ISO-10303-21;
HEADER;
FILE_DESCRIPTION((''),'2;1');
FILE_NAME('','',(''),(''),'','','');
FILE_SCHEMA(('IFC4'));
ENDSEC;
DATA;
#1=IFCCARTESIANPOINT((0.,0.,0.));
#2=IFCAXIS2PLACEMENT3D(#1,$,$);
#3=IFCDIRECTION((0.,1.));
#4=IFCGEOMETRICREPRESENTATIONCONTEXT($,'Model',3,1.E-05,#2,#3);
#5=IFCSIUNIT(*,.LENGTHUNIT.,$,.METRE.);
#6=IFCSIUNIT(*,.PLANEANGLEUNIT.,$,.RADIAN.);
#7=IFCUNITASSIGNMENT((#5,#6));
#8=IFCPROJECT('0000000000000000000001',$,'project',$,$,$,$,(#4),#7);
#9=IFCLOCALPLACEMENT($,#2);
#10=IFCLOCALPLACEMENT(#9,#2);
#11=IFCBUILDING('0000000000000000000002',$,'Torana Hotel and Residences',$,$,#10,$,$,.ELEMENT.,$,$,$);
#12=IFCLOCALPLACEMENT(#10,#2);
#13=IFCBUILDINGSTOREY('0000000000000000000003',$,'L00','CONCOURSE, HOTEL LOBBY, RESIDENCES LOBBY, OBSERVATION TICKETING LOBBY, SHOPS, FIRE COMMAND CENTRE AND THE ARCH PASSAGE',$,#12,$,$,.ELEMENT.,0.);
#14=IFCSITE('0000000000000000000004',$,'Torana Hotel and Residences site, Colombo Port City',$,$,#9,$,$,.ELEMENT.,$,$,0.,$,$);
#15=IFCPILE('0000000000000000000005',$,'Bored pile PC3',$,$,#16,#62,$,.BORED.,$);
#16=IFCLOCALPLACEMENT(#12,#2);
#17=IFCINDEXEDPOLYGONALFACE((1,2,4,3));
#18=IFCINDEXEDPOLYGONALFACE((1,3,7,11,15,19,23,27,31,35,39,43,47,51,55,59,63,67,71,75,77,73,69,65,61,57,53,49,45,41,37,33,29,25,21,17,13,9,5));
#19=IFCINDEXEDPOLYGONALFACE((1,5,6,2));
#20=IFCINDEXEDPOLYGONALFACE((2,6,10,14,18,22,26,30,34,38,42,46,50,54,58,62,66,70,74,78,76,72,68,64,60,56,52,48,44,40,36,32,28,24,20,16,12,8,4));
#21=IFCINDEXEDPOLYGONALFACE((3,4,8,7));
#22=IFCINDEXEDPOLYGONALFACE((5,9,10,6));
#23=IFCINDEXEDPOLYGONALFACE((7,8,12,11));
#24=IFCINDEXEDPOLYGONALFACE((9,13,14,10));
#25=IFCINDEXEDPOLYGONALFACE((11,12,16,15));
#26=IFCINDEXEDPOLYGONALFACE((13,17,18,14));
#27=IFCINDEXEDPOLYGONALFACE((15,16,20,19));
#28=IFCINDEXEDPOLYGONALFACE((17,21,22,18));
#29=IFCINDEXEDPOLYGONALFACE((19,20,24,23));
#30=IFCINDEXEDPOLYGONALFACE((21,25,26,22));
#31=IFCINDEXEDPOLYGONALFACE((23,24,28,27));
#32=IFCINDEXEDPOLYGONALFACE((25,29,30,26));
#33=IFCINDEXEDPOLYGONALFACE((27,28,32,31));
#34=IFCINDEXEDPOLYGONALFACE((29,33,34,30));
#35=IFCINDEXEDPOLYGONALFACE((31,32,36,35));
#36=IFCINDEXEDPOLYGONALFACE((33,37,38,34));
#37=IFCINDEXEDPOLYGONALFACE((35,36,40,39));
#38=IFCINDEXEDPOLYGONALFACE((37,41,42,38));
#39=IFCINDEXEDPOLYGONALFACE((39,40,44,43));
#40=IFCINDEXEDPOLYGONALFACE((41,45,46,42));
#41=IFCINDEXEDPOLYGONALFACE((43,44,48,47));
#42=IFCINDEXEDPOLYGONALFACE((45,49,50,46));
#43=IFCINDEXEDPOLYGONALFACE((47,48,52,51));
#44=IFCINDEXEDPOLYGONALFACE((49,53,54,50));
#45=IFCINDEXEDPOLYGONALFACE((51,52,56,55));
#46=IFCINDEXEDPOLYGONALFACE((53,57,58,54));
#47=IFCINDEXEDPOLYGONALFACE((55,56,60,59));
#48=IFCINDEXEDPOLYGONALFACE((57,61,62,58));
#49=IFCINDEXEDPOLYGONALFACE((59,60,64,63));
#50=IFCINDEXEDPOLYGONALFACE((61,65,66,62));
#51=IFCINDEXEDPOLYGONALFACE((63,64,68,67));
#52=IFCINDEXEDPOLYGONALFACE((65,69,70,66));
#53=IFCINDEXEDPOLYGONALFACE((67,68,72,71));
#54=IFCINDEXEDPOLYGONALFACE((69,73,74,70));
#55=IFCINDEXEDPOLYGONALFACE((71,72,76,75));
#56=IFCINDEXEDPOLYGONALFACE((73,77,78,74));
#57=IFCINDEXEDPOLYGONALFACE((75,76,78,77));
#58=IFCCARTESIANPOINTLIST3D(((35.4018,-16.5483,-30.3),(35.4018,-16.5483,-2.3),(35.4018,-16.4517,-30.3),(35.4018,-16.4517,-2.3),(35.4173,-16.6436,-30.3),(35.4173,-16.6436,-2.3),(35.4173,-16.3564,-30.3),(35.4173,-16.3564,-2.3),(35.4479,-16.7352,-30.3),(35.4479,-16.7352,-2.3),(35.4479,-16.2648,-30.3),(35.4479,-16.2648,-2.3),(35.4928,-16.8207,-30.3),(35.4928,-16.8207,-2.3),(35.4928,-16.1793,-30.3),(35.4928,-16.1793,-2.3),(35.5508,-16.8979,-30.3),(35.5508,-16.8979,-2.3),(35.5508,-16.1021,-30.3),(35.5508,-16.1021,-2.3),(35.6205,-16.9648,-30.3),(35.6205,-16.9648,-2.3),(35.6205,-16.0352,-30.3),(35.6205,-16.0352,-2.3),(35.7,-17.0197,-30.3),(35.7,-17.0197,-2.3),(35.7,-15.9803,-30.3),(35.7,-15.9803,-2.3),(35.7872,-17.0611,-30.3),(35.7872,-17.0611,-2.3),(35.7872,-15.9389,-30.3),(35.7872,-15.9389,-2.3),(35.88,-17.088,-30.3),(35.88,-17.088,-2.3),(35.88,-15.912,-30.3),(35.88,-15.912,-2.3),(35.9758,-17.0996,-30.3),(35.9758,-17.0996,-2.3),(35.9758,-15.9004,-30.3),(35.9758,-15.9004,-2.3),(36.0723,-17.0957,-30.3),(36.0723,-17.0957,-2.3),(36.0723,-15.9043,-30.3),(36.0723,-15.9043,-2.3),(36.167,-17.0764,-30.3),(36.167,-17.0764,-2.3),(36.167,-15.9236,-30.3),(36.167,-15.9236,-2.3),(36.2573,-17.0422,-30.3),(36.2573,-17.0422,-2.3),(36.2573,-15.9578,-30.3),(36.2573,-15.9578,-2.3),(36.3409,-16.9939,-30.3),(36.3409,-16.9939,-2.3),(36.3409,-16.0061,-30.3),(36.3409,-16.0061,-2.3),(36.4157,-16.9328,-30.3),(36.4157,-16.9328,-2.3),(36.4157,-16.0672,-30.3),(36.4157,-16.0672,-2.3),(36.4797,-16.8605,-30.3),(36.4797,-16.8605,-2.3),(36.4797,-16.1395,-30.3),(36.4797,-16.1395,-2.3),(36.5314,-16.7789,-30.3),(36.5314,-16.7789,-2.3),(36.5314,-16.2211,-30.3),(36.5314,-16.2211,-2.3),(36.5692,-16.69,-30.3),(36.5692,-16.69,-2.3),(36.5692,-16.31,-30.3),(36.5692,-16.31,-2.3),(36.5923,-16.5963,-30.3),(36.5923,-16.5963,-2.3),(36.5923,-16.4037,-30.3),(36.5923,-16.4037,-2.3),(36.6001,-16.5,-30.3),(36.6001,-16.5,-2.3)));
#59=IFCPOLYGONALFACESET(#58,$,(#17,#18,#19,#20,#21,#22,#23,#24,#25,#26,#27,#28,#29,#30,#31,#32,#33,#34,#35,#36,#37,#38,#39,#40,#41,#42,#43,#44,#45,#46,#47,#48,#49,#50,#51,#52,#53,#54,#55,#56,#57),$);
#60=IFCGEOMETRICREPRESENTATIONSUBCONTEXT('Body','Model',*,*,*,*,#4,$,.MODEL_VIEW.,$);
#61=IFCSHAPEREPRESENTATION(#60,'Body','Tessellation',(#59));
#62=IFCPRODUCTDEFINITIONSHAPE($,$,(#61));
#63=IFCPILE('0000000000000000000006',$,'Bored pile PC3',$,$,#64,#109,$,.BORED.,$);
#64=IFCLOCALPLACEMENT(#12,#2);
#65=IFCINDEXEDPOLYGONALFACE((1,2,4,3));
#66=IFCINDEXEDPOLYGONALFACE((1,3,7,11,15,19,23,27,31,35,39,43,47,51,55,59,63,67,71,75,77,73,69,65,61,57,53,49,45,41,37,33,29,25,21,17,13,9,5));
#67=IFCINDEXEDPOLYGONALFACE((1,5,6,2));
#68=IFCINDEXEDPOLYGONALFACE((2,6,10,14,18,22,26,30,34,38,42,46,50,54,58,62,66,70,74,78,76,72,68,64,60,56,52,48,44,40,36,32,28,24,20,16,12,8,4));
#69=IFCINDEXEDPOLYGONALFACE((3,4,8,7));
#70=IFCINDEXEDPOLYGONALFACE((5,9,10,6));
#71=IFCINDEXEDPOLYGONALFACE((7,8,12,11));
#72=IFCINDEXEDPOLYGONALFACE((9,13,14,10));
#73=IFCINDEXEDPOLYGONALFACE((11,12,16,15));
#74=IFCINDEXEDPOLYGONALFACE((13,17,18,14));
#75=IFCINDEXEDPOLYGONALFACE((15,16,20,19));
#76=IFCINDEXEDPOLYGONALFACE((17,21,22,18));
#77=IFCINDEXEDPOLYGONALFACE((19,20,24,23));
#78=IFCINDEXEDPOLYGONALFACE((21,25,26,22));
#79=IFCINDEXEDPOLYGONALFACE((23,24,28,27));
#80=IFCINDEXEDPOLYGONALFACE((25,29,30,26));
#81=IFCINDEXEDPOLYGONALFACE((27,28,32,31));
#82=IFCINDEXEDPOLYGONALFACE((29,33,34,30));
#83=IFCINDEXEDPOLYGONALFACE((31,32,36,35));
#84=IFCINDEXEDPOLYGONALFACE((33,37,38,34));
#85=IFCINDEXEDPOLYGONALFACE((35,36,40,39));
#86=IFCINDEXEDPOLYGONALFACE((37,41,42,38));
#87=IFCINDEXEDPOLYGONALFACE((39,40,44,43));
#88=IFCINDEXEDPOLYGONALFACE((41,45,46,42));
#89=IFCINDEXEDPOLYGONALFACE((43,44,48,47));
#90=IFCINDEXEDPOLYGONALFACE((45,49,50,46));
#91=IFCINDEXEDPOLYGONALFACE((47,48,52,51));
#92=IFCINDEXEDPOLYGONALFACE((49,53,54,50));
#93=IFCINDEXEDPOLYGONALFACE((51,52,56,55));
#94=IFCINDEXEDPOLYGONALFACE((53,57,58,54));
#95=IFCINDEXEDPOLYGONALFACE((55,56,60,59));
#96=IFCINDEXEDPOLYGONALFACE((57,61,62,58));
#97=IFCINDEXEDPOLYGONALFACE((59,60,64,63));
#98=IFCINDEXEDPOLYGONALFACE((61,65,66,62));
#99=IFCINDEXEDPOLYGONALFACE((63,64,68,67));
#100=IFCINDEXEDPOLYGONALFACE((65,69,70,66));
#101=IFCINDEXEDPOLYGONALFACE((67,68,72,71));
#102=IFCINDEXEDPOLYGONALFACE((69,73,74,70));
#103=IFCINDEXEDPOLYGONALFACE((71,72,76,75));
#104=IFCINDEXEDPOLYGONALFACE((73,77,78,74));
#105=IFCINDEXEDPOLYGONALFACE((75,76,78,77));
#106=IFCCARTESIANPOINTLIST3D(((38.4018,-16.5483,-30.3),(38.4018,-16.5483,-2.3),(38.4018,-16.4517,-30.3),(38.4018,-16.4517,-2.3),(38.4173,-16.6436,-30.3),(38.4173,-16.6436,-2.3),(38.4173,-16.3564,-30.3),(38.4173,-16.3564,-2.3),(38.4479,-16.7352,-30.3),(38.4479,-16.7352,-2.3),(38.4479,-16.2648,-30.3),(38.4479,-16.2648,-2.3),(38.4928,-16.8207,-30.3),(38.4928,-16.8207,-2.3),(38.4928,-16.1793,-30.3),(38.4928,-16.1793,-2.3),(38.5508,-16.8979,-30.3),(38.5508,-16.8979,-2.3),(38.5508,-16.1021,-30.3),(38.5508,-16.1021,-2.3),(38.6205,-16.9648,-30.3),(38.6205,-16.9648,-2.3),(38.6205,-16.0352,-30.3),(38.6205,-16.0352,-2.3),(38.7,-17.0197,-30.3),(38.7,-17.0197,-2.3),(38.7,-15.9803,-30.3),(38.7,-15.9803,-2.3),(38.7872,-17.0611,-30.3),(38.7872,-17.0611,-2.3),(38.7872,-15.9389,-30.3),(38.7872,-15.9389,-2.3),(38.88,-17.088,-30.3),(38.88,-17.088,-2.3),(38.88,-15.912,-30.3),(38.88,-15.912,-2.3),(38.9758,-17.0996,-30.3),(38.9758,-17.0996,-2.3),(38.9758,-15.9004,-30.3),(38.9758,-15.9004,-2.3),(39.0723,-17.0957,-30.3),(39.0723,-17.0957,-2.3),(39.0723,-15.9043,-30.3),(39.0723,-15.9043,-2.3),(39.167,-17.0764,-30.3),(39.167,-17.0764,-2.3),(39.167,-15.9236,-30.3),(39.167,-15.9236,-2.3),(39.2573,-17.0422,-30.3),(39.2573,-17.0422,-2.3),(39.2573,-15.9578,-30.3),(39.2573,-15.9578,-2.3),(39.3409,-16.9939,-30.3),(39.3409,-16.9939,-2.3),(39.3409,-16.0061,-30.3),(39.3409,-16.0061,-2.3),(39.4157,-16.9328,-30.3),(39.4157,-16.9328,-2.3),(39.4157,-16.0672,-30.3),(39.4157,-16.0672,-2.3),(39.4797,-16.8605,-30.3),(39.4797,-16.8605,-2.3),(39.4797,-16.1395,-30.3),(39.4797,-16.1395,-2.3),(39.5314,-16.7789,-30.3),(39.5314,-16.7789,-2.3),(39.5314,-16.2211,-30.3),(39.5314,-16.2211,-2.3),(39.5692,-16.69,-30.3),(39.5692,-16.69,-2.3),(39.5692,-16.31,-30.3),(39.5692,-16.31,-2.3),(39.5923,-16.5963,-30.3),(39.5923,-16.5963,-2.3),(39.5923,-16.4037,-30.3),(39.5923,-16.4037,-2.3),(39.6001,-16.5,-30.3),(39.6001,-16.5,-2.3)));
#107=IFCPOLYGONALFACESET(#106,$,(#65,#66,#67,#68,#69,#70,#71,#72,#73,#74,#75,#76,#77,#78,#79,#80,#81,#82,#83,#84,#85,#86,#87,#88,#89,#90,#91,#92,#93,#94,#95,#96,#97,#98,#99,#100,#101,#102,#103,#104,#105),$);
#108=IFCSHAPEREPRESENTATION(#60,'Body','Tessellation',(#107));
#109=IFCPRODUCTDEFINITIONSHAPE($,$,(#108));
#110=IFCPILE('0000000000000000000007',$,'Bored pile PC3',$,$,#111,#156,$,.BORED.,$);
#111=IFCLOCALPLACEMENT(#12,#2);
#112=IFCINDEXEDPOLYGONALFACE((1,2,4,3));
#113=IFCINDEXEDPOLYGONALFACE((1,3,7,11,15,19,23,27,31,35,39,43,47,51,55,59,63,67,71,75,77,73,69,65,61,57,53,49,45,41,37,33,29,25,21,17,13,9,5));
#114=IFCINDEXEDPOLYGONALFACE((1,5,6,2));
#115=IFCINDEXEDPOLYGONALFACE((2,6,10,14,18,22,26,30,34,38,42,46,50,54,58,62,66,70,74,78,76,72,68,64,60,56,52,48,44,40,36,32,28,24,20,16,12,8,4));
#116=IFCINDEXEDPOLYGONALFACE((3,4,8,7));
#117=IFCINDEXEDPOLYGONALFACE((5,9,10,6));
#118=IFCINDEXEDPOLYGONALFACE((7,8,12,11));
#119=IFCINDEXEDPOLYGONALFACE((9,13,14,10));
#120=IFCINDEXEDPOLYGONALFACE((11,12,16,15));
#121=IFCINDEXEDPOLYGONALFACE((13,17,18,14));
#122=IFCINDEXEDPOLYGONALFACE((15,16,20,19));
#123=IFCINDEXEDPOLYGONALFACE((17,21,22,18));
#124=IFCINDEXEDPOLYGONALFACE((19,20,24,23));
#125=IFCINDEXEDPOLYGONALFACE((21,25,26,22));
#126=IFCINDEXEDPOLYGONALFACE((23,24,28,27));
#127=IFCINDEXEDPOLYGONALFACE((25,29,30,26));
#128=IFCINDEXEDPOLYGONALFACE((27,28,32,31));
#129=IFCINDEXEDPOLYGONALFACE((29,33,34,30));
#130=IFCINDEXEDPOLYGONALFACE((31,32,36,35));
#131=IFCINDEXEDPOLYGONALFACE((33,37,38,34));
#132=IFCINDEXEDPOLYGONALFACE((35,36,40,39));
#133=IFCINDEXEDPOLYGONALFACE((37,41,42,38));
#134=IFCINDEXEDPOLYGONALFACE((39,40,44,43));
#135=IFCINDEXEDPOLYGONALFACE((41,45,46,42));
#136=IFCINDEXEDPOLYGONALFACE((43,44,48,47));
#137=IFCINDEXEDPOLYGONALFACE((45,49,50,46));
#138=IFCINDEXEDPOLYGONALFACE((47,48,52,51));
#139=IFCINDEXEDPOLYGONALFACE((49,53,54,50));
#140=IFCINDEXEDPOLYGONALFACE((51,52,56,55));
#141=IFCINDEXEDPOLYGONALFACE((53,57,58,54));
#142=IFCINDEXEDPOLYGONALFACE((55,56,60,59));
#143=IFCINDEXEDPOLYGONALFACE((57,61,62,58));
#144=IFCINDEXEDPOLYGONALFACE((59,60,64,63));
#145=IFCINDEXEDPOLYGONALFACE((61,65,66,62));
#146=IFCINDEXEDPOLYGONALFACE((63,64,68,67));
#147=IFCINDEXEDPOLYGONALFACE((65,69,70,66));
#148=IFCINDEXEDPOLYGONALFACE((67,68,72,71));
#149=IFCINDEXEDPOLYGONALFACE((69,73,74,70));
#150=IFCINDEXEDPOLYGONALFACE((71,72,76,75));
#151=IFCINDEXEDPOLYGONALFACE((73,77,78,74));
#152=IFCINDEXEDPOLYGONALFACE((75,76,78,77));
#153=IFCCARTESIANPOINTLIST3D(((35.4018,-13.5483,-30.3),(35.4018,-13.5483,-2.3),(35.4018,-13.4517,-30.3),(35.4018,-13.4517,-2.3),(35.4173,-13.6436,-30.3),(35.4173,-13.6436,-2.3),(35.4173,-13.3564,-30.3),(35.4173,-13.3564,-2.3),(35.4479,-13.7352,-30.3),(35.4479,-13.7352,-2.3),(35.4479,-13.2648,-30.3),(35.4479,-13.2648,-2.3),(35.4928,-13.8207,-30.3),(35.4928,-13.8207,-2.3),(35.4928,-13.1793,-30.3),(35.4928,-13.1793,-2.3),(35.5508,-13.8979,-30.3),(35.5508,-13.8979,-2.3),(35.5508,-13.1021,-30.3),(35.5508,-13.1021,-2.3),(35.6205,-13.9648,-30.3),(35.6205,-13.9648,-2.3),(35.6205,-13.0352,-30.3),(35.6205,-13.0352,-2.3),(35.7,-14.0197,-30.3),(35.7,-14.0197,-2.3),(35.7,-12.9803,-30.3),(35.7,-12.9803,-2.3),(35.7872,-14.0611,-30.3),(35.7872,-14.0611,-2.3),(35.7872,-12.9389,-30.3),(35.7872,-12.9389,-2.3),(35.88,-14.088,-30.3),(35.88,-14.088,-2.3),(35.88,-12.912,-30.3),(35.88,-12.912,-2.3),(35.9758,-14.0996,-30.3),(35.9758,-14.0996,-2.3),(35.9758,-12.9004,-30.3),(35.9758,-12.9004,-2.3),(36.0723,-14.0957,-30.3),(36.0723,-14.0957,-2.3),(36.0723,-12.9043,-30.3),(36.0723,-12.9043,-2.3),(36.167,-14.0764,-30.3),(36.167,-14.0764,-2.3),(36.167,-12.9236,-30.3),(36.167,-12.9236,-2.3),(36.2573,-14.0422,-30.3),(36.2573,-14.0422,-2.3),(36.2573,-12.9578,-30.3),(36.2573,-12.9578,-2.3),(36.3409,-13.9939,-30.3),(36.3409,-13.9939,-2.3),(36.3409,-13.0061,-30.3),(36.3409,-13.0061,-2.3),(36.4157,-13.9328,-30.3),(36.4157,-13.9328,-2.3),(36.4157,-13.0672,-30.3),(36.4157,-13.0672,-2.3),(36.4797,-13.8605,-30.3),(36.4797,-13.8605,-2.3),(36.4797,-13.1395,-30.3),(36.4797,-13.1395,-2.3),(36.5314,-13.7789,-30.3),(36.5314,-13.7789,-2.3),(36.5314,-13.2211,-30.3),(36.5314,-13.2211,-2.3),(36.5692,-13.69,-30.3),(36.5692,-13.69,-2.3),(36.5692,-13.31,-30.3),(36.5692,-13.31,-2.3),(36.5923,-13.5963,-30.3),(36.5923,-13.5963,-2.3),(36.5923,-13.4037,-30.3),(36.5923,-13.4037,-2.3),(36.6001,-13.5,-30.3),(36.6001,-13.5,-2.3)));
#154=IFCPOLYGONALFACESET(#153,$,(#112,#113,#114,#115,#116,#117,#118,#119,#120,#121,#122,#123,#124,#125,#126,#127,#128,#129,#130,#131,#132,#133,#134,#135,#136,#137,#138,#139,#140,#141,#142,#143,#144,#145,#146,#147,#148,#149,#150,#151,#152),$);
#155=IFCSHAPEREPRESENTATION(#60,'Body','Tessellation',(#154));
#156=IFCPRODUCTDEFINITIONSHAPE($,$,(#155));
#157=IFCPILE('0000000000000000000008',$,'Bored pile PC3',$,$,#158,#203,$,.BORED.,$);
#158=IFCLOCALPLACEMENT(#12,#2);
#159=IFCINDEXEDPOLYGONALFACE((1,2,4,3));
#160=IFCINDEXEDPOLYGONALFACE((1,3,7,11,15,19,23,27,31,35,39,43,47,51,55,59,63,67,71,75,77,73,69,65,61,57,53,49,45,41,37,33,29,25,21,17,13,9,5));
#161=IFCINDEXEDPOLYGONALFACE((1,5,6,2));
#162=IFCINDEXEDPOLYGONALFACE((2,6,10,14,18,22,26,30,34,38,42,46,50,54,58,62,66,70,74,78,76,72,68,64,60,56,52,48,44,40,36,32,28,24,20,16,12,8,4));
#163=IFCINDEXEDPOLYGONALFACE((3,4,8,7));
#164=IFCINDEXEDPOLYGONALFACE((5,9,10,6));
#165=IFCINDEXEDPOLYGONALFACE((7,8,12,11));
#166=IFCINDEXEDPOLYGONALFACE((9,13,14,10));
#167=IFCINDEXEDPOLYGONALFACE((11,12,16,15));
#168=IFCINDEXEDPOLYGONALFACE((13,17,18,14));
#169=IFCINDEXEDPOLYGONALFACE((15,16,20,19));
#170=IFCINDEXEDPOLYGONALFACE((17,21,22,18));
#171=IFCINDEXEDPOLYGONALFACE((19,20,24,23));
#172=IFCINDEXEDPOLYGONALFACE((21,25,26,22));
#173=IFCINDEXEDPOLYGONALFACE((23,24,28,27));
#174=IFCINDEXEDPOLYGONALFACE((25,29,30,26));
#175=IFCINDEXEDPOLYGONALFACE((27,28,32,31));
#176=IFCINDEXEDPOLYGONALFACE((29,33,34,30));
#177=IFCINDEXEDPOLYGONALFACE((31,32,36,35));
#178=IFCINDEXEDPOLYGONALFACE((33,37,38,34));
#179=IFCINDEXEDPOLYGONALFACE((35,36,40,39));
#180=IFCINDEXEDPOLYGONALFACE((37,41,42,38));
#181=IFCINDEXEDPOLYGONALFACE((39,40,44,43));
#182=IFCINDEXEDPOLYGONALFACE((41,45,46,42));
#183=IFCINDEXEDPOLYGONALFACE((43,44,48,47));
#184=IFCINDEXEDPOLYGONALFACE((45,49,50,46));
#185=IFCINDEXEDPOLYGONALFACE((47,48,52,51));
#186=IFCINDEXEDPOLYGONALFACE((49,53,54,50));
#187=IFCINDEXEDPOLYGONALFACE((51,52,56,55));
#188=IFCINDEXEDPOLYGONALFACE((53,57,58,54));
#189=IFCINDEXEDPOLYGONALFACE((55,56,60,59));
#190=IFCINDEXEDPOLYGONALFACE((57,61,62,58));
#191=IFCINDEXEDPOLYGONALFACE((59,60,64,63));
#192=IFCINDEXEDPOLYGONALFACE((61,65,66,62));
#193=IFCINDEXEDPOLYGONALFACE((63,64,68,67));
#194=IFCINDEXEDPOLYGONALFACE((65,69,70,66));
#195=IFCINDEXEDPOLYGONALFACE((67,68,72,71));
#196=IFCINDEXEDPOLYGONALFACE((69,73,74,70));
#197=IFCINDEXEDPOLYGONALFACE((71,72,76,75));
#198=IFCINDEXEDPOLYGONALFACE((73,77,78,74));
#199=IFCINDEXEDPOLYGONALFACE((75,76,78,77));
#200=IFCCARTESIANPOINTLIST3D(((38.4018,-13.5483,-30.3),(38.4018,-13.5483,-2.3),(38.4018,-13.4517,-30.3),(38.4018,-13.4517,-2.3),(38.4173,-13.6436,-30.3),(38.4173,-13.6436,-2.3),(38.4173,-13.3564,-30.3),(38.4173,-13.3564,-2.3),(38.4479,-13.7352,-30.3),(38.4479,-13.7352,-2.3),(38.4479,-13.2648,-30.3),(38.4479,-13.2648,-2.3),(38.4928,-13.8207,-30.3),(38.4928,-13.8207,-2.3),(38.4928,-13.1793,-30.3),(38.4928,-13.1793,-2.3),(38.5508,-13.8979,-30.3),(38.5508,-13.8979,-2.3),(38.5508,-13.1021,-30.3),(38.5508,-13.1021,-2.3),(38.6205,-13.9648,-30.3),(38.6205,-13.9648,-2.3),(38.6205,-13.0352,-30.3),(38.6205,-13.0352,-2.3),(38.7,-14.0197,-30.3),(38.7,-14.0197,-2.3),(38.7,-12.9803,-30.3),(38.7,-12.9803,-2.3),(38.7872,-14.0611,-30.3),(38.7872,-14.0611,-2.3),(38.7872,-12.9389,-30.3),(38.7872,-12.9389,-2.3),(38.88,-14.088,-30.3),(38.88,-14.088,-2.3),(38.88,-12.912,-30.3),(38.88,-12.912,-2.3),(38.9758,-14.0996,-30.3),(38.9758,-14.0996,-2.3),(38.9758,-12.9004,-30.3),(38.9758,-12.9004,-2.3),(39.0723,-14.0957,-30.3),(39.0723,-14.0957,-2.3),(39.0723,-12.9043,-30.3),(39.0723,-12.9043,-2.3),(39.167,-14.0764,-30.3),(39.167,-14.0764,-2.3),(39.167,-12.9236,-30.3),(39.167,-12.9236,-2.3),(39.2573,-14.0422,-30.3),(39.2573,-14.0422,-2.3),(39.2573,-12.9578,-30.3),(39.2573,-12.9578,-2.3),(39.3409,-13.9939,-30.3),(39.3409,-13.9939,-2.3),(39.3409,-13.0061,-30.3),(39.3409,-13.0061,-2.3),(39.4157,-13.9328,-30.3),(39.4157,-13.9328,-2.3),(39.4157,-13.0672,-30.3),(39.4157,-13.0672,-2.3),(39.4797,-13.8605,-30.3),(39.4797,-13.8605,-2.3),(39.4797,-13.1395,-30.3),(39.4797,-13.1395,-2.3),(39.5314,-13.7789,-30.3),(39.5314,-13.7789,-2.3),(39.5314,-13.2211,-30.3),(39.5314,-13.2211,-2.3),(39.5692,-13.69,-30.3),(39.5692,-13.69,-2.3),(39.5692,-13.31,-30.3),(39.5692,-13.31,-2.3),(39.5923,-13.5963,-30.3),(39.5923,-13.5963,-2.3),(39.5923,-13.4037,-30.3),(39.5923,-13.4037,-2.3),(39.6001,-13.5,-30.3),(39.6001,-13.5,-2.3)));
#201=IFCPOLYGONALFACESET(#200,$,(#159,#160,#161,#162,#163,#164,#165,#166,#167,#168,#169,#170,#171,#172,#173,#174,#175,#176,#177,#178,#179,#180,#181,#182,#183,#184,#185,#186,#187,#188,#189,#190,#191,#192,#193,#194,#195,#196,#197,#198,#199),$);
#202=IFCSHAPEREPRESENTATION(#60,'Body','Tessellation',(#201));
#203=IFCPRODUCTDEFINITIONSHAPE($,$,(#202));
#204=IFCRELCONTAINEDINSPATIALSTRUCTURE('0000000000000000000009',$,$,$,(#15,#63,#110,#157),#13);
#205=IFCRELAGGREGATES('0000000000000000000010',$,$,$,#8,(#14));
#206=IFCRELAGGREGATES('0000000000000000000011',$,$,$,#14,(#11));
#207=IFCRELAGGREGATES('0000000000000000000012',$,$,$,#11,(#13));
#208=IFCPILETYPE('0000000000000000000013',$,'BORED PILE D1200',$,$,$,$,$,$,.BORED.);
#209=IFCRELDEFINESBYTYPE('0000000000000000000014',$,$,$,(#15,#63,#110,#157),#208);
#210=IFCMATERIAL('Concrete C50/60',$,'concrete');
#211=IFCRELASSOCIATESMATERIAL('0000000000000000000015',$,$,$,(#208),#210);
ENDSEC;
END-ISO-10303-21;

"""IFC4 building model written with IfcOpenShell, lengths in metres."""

from ifc_helpers import new_model, si_unit, direction, frame, origin, origin_2d, place, context, subcontext, project, spatial, circle, extrude, material, type_object, element, save


model = new_model("IFC4")

# Units and contexts
model_context = context("Model", 3, precision=1e-05, world=origin(), true_north=direction((0.0, 1.0)))
body_context = subcontext(model_context, "Body", "Model", "MODEL_VIEW")
ifc_project = project(units=[si_unit("LENGTHUNIT", "METRE"), si_unit("PLANEANGLEUNIT", "RADIAN")], contexts=[model_context])

# Site, building, storey
site_placement = place(None, origin())
site = spatial("IfcSite", under=ifc_project, at=site_placement, Name="Torana Hotel and Residences site, Colombo Port City", CompositionType="ELEMENT", RefElevation=0.0)
building_placement = place(site_placement, origin())
building = spatial("IfcBuilding", under=site, at=building_placement, Name="Torana Hotel and Residences", CompositionType="ELEMENT")
storey_placement = place(building_placement, origin())
storey = spatial("IfcBuildingStorey", under=building, at=storey_placement, Name="L00", Description="CONCOURSE, HOTEL LOBBY, RESIDENCES LOBBY, OBSERVATION TICKETING LOBBY, SHOPS, FIRE COMMAND CENTRE AND THE ARCH PASSAGE", CompositionType="ELEMENT", Elevation=0.0)

# Piles
ifc_material_1 = material(Name="Concrete C50/60", Category="concrete")
pile_type = type_object("IfcPileType", Name="BORED PILE D1200", PredefinedType="BORED", material=ifc_material_1)
for number, where, z_axis, x_axis, name in (
    (1, (36.0, -16.5, -2.3), (0.0, 0.0, -1.0), (1.0, 0.0, 0.0), "Bored pile PC3"),
    (2, (39.0, -16.5, -2.3), (0.0, 0.0, -1.0), (1.0, 0.0, 0.0), "Bored pile PC3"),
    (3, (36.0, -13.5, -2.3), (0.0, 0.0, -1.0), (1.0, 0.0, 0.0), "Bored pile PC3"),
    (4, (39.0, -13.5, -2.3), (0.0, 0.0, -1.0), (1.0, 0.0, 0.0), "Bored pile PC3"),
):
    element("IfcPile", number, at=place(storey_placement, frame(where, z_axis=z_axis, x_axis=x_axis)), inside=storey, type_object=pile_type, Name=name, PredefinedType="BORED", context=body_context, shape_type="SweptSolid", body=[
        extrude(circle(Radius=0.6001, at=origin_2d()), origin(), (0.0, 0.0, 1.0), 28.0),
    ])

save(model, "model.ifc")
